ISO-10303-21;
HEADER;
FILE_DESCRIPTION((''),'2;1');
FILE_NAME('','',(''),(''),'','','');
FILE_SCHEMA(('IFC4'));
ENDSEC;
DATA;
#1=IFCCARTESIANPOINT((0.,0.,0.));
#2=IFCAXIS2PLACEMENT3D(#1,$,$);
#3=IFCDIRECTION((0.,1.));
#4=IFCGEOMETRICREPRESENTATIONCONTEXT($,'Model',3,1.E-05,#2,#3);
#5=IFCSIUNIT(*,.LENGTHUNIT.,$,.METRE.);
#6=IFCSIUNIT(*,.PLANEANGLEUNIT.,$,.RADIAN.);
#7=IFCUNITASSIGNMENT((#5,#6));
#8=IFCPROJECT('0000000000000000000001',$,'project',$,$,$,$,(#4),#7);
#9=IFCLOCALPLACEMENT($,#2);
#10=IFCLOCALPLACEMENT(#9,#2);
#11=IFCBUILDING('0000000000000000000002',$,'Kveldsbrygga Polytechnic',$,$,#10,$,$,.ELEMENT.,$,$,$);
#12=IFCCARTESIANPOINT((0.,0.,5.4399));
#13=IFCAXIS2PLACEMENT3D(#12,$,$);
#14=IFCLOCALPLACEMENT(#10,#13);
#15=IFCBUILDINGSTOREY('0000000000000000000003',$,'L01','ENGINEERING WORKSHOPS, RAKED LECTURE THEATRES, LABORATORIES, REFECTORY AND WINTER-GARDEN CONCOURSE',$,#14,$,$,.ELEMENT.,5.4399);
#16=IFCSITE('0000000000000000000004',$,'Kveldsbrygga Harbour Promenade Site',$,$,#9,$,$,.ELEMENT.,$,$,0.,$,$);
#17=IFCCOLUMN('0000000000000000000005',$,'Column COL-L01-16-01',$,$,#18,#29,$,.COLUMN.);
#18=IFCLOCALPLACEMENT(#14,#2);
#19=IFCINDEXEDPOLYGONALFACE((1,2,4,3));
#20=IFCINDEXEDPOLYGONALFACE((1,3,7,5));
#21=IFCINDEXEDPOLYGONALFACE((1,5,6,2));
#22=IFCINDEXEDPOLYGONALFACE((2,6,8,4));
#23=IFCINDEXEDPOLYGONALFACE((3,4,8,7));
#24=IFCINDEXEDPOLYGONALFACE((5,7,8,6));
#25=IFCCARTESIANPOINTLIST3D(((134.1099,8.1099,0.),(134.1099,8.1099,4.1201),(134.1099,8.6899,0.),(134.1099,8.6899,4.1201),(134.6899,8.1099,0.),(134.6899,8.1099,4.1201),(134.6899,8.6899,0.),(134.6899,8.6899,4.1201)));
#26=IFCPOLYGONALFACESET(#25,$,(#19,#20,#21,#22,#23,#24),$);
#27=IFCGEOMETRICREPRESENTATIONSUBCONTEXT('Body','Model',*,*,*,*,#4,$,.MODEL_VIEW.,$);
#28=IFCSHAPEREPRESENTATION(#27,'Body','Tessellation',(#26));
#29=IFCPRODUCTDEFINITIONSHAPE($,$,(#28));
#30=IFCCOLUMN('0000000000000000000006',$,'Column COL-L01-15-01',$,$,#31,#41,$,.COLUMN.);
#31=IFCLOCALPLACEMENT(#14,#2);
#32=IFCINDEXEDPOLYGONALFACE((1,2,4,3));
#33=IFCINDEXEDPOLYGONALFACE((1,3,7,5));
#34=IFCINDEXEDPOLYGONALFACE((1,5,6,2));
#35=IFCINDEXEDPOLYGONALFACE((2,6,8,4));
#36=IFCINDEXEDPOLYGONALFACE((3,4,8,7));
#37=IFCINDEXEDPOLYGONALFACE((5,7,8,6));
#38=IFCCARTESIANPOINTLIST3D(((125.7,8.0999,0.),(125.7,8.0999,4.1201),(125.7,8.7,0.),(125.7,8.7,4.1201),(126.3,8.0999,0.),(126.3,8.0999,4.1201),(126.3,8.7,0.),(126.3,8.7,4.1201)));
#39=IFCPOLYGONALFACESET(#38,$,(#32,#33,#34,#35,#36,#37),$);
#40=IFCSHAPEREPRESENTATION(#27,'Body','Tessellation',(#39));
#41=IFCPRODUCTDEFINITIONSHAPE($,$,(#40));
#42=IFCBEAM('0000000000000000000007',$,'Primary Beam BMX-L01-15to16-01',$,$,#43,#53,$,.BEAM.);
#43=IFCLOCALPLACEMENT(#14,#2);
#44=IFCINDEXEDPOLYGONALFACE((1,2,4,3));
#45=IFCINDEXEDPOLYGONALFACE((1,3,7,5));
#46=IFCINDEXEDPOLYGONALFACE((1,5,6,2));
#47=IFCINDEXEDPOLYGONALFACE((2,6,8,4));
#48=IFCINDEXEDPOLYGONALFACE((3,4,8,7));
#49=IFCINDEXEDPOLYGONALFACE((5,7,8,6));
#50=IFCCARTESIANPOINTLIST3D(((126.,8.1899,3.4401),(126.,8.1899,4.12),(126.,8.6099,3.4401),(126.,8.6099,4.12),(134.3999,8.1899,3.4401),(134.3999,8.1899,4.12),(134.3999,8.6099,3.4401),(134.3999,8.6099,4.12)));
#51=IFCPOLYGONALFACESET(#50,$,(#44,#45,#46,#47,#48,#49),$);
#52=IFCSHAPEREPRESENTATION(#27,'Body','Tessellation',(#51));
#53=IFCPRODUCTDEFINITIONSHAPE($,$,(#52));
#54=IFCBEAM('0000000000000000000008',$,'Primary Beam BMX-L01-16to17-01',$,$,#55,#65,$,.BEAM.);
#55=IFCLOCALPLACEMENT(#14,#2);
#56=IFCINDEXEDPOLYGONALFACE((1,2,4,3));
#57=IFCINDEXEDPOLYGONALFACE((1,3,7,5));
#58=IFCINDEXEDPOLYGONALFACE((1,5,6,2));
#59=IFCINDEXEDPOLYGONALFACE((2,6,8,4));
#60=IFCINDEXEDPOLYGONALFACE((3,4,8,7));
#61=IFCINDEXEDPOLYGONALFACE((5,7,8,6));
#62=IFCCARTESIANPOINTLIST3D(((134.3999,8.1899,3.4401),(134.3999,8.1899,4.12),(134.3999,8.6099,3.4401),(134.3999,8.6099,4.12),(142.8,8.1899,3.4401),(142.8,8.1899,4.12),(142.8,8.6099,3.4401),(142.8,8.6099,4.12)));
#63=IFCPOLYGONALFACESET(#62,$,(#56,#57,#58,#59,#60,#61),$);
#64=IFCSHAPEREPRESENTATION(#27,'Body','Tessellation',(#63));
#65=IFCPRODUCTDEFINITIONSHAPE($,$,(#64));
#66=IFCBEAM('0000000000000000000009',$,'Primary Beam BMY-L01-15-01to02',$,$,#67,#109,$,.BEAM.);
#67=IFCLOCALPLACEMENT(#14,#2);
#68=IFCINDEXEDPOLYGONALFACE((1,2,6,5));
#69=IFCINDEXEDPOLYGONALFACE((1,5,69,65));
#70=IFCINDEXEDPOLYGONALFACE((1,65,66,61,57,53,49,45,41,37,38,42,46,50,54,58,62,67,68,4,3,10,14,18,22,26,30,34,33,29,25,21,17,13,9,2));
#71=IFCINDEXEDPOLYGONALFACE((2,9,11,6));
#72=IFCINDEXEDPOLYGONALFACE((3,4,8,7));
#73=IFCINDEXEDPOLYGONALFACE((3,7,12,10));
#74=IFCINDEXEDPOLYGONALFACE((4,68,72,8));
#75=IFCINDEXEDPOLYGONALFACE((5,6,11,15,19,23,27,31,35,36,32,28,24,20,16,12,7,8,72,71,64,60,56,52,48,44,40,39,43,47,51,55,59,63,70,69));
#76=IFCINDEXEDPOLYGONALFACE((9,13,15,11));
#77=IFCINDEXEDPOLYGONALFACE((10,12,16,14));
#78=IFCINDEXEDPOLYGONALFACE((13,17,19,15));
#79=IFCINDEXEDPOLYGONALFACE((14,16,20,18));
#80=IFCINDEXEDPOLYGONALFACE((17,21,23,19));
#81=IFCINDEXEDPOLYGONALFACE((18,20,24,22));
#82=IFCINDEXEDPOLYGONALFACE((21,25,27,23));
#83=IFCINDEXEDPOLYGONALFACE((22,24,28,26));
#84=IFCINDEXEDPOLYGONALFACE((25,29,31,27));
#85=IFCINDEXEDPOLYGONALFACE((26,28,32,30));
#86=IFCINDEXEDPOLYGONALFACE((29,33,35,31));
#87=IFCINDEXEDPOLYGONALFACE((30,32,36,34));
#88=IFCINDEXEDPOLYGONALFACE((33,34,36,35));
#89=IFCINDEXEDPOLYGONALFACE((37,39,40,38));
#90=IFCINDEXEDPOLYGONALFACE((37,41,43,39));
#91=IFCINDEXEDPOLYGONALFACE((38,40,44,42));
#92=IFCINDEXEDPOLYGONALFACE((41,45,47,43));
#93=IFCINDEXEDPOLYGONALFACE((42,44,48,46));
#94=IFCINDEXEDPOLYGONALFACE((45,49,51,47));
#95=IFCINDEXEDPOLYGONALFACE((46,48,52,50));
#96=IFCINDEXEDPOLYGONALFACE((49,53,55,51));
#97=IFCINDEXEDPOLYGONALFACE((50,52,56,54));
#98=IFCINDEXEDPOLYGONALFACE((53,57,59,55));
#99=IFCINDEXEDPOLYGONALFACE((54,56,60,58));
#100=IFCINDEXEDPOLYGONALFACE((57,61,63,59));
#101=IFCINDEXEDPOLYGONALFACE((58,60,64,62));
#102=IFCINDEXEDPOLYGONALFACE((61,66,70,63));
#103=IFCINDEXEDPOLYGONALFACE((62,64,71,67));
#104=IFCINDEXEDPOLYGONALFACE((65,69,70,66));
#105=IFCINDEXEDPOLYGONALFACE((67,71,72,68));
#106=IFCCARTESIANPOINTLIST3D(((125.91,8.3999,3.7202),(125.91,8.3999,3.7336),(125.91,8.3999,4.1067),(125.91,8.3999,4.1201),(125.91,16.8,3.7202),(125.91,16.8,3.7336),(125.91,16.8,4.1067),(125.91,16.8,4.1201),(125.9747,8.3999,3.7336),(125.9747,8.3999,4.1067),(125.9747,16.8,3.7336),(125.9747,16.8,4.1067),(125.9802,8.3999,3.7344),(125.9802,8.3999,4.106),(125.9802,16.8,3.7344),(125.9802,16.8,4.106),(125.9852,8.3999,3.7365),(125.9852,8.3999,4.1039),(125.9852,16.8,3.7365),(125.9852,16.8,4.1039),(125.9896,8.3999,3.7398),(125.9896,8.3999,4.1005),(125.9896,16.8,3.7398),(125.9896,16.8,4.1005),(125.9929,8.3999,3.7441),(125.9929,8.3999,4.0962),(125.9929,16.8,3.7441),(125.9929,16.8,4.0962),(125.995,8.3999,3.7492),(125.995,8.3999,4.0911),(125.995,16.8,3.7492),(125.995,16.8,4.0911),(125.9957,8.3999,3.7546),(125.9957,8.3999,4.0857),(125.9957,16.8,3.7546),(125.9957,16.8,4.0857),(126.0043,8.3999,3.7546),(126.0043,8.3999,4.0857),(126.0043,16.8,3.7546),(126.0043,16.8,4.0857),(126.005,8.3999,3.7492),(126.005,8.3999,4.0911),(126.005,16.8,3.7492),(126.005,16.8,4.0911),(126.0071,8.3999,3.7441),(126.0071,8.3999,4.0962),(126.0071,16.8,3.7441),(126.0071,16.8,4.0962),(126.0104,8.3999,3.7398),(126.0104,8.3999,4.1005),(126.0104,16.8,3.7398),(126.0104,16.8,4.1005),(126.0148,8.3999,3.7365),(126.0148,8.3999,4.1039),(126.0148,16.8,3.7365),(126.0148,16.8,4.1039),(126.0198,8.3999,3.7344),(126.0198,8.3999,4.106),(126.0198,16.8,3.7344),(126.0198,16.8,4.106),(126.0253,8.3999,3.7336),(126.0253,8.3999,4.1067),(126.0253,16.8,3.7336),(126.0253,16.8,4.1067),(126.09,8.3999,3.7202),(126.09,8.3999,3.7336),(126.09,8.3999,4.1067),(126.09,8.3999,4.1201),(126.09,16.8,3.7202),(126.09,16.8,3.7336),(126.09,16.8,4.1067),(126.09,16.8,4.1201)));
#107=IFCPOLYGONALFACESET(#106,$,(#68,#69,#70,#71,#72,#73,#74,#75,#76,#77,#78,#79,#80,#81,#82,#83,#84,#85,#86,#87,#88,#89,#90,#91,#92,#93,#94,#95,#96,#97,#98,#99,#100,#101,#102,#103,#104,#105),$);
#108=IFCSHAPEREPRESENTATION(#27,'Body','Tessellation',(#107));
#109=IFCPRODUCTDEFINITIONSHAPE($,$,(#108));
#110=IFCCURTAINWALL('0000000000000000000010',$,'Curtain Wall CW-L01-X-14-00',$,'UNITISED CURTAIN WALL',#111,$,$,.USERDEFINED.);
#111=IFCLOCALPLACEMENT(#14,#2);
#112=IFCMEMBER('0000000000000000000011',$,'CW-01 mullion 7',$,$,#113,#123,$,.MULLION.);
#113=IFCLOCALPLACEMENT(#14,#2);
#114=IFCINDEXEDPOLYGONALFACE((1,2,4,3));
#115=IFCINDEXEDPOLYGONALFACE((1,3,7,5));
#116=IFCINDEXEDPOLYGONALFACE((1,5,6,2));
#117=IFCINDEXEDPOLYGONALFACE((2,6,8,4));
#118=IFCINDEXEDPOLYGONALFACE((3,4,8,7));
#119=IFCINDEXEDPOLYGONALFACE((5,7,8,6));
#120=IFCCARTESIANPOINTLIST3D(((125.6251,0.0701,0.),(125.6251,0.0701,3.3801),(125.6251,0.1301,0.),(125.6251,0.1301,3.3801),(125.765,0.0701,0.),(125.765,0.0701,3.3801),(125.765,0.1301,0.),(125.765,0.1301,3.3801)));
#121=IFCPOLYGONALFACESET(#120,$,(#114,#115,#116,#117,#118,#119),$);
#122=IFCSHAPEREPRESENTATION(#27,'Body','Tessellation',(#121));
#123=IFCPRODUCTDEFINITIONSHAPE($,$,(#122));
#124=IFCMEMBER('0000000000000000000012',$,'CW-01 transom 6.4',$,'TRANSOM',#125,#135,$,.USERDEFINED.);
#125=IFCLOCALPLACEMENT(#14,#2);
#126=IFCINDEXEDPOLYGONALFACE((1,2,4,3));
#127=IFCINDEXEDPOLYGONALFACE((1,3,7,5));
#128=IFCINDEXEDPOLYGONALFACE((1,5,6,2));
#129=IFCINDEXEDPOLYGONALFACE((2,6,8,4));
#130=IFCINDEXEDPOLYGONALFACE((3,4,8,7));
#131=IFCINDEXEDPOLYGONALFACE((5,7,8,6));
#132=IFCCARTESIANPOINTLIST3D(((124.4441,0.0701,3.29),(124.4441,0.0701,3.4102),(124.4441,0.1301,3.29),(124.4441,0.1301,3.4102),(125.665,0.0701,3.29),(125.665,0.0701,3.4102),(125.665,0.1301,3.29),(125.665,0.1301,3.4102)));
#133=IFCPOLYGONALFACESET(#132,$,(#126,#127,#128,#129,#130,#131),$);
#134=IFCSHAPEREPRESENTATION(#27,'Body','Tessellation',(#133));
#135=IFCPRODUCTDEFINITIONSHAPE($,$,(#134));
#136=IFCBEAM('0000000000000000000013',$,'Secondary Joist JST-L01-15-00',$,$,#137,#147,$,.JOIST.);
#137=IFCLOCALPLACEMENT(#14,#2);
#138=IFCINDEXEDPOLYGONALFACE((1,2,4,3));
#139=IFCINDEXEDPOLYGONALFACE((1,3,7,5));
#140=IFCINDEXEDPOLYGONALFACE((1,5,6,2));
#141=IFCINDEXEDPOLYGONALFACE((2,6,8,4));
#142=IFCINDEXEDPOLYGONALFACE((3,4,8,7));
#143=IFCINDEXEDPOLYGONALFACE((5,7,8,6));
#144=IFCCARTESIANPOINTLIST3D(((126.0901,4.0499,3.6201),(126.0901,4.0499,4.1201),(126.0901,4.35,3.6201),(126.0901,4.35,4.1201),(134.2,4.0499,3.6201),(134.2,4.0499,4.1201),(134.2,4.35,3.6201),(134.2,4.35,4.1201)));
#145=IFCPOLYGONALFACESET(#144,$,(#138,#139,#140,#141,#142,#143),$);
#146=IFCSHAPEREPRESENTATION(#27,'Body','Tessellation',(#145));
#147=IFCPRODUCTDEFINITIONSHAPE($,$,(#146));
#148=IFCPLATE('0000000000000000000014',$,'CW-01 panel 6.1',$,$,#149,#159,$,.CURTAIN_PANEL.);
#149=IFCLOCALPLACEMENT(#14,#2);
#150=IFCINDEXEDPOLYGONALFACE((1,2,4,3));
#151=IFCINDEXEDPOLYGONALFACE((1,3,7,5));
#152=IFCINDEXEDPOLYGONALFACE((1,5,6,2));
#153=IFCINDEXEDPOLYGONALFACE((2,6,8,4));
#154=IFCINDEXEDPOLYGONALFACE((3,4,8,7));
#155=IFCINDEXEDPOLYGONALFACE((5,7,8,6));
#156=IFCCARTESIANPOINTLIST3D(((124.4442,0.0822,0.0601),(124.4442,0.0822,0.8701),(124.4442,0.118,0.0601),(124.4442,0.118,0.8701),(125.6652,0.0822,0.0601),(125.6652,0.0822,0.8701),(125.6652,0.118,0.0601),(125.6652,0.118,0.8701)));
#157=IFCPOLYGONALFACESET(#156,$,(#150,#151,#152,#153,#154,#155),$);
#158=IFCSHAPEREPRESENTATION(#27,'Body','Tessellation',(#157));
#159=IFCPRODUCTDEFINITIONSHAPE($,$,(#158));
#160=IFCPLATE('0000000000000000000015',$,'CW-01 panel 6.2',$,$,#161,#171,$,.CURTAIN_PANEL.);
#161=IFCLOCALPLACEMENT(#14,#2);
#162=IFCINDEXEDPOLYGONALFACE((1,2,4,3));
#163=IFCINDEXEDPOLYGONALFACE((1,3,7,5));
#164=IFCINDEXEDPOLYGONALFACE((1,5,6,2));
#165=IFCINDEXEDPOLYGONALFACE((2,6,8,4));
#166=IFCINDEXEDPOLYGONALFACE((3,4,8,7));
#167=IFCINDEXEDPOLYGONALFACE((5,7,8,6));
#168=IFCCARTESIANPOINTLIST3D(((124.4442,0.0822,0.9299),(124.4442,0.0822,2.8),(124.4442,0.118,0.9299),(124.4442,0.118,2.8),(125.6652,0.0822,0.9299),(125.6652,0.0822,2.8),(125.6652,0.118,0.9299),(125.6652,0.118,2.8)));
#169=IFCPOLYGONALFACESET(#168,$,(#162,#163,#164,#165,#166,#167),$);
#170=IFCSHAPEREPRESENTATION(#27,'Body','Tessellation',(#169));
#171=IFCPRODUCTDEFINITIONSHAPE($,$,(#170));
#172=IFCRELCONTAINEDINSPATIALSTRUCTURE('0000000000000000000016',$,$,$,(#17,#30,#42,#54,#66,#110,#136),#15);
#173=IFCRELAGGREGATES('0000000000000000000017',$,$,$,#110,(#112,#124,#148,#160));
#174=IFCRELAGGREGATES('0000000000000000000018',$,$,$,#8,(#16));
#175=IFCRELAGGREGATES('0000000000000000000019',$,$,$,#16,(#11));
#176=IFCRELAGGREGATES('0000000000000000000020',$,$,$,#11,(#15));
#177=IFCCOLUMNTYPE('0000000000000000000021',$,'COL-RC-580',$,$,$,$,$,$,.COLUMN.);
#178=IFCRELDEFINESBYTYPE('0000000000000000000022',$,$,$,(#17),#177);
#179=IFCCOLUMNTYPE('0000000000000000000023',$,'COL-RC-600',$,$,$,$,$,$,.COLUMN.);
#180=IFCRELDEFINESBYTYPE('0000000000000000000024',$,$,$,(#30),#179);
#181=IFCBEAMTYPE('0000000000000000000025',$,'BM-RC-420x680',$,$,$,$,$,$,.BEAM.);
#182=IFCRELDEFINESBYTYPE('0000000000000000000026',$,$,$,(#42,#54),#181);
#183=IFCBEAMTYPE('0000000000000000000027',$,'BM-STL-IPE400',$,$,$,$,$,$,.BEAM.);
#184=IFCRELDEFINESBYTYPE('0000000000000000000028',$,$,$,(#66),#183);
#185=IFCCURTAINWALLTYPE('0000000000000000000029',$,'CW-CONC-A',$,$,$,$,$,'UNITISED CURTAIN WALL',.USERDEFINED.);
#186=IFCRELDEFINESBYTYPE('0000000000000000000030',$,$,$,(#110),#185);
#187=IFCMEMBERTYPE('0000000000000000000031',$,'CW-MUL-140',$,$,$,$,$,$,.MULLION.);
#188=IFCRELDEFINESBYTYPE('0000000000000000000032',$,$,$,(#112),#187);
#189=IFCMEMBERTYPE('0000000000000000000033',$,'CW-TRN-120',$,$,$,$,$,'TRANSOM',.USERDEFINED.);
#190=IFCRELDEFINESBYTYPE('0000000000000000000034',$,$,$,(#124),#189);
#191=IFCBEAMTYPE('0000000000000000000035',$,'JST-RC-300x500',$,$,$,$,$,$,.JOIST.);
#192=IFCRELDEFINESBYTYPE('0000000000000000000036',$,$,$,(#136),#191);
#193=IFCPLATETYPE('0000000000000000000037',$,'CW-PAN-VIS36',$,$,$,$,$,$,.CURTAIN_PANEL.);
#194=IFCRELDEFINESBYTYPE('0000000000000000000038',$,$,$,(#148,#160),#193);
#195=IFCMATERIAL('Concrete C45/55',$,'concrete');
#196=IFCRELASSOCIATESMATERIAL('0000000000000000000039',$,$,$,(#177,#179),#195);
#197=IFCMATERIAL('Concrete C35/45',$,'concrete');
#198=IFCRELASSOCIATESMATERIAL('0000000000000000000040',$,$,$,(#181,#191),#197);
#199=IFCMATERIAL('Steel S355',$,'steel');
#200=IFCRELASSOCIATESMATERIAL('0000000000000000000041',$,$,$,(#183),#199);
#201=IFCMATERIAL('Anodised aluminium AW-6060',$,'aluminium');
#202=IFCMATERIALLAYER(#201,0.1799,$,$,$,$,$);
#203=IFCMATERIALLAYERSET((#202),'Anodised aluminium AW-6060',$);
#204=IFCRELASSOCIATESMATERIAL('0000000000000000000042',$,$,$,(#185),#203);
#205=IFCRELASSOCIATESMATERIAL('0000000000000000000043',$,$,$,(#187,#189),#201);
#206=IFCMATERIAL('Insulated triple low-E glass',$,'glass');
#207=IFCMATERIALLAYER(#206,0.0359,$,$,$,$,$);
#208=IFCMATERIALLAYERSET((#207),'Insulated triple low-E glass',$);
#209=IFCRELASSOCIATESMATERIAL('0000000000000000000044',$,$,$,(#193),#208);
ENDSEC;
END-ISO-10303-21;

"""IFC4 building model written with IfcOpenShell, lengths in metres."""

from ifc_helpers import new_model, si_unit, direction, frame, origin, origin_2d, place, context, subcontext, project, spatial, rectangle, i_section, extrude, material, layer, layer_set, material_profile, profile_set, type_object, element, aggregate, save


model = new_model("IFC4")

# Units and contexts
model_context = context("Model", 3, precision=1e-05, world=origin(), true_north=direction((0.0, 1.0)))
body_context = subcontext(model_context, "Body", "Model", "MODEL_VIEW")
ifc_project = project(units=[si_unit("LENGTHUNIT", "METRE"), si_unit("PLANEANGLEUNIT", "RADIAN")], contexts=[model_context])

# Site, building, storey
site_placement = place(None, origin())
site = spatial("IfcSite", under=ifc_project, at=site_placement, Name="Kveldsbrygga Harbour Promenade Site", CompositionType="ELEMENT", RefElevation=0.0)
building_placement = place(site_placement, origin())
building = spatial("IfcBuilding", under=site, at=building_placement, Name="Kveldsbrygga Polytechnic", CompositionType="ELEMENT")
storey_placement = place(building_placement, frame((0.0, 0.0, 5.4399)))
storey = spatial("IfcBuildingStorey", under=building, at=storey_placement, Name="L01", Description="ENGINEERING WORKSHOPS, RAKED LECTURE THEATRES, LABORATORIES, REFECTORY AND WINTER-GARDEN CONCOURSE", CompositionType="ELEMENT", Elevation=5.4399)

# Columns
ifc_material_1 = material(Name="Concrete C45/55", Category="concrete")
ifc_material_profile_1 = material_profile(ifc_material_1, rectangle(XDim=0.5801, YDim=0.5801, at=origin_2d()), Name="RC 580x580")
ifc_profile_set_1 = profile_set([ifc_material_profile_1], Name="Concrete C45/55")
column_type_1 = type_object("IfcColumnType", Name="COL-RC-580", PredefinedType="COLUMN", material=ifc_profile_set_1)
column_1_placement = place(storey_placement, frame((134.3999, 8.3999, 0.0), z_axis=(0.0, 0.0, 1.0), x_axis=(1.0, 0.0, 0.0)))
element("IfcColumn", 1, at=column_1_placement, inside=storey, type_object=column_type_1, Name="Column COL-L01-16-01", PredefinedType="COLUMN", context=body_context, shape_type="SweptSolid", body=[
    extrude(rectangle(XDim=0.5801, YDim=0.5801, at=origin_2d()), origin(), (0.0, 0.0, 1.0), 4.1201),
])
ifc_material_profile_2 = material_profile(ifc_material_1, rectangle(XDim=0.6001, YDim=0.6001, at=origin_2d()), Name="RC 600x600")
ifc_profile_set_2 = profile_set([ifc_material_profile_2], Name="Concrete C45/55")
column_type_2 = type_object("IfcColumnType", Name="COL-RC-600", PredefinedType="COLUMN", material=ifc_profile_set_2)
column_2_placement = place(storey_placement, frame((126.0, 8.3999, 0.0), z_axis=(0.0, 0.0, 1.0), x_axis=(1.0, 0.0, 0.0)))
element("IfcColumn", 2, at=column_2_placement, inside=storey, type_object=column_type_2, Name="Column COL-L01-15-01", PredefinedType="COLUMN", context=body_context, shape_type="SweptSolid", body=[
    extrude(rectangle(XDim=0.6001, YDim=0.6001, at=origin_2d()), origin(), (0.0, 0.0, 1.0), 4.1201),
])

# Beams
ifc_material_2 = material(Name="Concrete C35/45", Category="concrete")
ifc_material_profile_3 = material_profile(ifc_material_2, rectangle(XDim=0.4199, YDim=0.6799, at=origin_2d()), Name="RC 420x680")
ifc_profile_set_3 = profile_set([ifc_material_profile_3], Name="Concrete C35/45")
beam_type_1 = type_object("IfcBeamType", Name="BM-RC-420x680", PredefinedType="BEAM", material=ifc_profile_set_3)
beam_1_placement = place(storey_placement, frame((126.0, 8.3999, 3.78), z_axis=(1.0, 0.0, 0.0), x_axis=(0.0, 1.0, 0.0)))
element("IfcBeam", 3, at=beam_1_placement, inside=storey, type_object=beam_type_1, Name="Primary Beam BMX-L01-15to16-01", PredefinedType="BEAM", context=body_context, shape_type="SweptSolid", body=[
    extrude(rectangle(XDim=0.4199, YDim=0.6799, at=origin_2d()), origin(), (0.0, 0.0, 1.0), 8.3999),
])
beam_2_placement = place(storey_placement, frame((134.3999, 8.3999, 3.78), z_axis=(1.0, 0.0, 0.0), x_axis=(0.0, 1.0, 0.0)))
element("IfcBeam", 4, at=beam_2_placement, inside=storey, type_object=beam_type_1, Name="Primary Beam BMX-L01-16to17-01", PredefinedType="BEAM", context=body_context, shape_type="SweptSolid", body=[
    extrude(rectangle(XDim=0.4199, YDim=0.6799, at=origin_2d()), origin(), (0.0, 0.0, 1.0), 8.4001),
])
ifc_material_3 = material(Name="Steel S355", Category="steel")
ifc_material_profile_4 = material_profile(ifc_material_3, i_section(OverallWidth=0.1799, OverallDepth=0.3999, WebThickness=0.0085, FlangeThickness=0.0134, FilletRadius=0.021, at=origin_2d()), Name="IPE 400")
ifc_profile_set_4 = profile_set([ifc_material_profile_4], Name="Steel S355")
beam_type_2 = type_object("IfcBeamType", Name="BM-STL-IPE400", PredefinedType="BEAM", material=ifc_profile_set_4)
beam_3_placement = place(storey_placement, frame((126.0, 8.3999, 3.9202), z_axis=(0.0, 1.0, 0.0), x_axis=(-1.0, 0.0, 0.0)))
element("IfcBeam", 5, at=beam_3_placement, inside=storey, type_object=beam_type_2, Name="Primary Beam BMY-L01-15-01to02", PredefinedType="BEAM", context=body_context, shape_type="SweptSolid", body=[
    extrude(i_section(OverallWidth=0.1799, OverallDepth=0.3999, WebThickness=0.0085, FlangeThickness=0.0134, FilletRadius=0.021, at=origin_2d()), origin(), (0.0, 0.0, 1.0), 8.4001),
])

# Curtain wall, members
ifc_material_4 = material(Name="Anodised aluminium AW-6060", Category="aluminium")
ifc_layer_1 = layer(ifc_material_4, 0.1799)
ifc_layer_set_1 = layer_set([ifc_layer_1], Name="Anodised aluminium AW-6060")
curtain_wall_type = type_object("IfcCurtainWallType", Name="CW-CONC-A", ElementType="UNITISED CURTAIN WALL", PredefinedType="USERDEFINED", material=ifc_layer_set_1)
curtain_wall_placement = place(storey_placement, origin())
curtain_wall = element("IfcCurtainWall", 6, at=curtain_wall_placement, inside=storey, type_object=curtain_wall_type, Name="Curtain Wall CW-L01-X-14-00", ObjectType="UNITISED CURTAIN WALL", PredefinedType="USERDEFINED")
ifc_material_profile_5 = material_profile(ifc_material_4, rectangle(XDim=0.0601, YDim=0.1399, at=origin_2d()), Name="ALU 60x140")
ifc_profile_set_5 = profile_set([ifc_material_profile_5], Name="Anodised aluminium AW-6060")
member_type_1 = type_object("IfcMemberType", Name="CW-MUL-140", PredefinedType="MULLION", material=ifc_profile_set_5)
member_1_placement = place(storey_placement, frame((125.6951, 0.1001, 0.0), z_axis=(0.0, 0.0, 1.0), x_axis=(0.0, 1.0, 0.0)))
member_1 = element("IfcMember", 7, at=member_1_placement, type_object=member_type_1, Name="CW-01 mullion 7", PredefinedType="MULLION", context=body_context, shape_type="SweptSolid", body=[
    extrude(rectangle(XDim=0.0601, YDim=0.1399, at=origin_2d()), origin(), (0.0, 0.0, 1.0), 3.3801),
])
ifc_material_profile_6 = material_profile(ifc_material_4, rectangle(XDim=0.0601, YDim=0.1201, at=origin_2d()), Name="ALU 60x120")
ifc_profile_set_6 = profile_set([ifc_material_profile_6], Name="Anodised aluminium AW-6060")
member_type_2 = type_object("IfcMemberType", Name="CW-TRN-120", ElementType="TRANSOM", PredefinedType="USERDEFINED", material=ifc_profile_set_6)
member_2_placement = place(storey_placement, frame((124.4441, 0.1001, 3.3501), z_axis=(1.0, 0.0, 0.0), x_axis=(0.0, 1.0, 0.0)))
member_2 = element("IfcMember", 8, at=member_2_placement, type_object=member_type_2, Name="CW-01 transom 6.4", ObjectType="TRANSOM", PredefinedType="USERDEFINED", context=body_context, shape_type="SweptSolid", body=[
    extrude(rectangle(XDim=0.0601, YDim=0.1201, at=origin_2d()), origin(), (0.0, 0.0, 1.0), 1.2209),
])

# Beam
ifc_material_profile_7 = material_profile(ifc_material_2, rectangle(XDim=0.3, YDim=0.5, at=origin_2d()), Name="RC 300x500")
ifc_profile_set_7 = profile_set([ifc_material_profile_7], Name="Concrete C35/45")
beam_type_3 = type_object("IfcBeamType", Name="JST-RC-300x500", PredefinedType="JOIST", material=ifc_profile_set_7)
beam_4_placement = place(storey_placement, frame((126.0901, 4.2, 3.8701), z_axis=(1.0, 0.0, 0.0), x_axis=(0.0, 1.0, 0.0)))
element("IfcBeam", 9, at=beam_4_placement, inside=storey, type_object=beam_type_3, Name="Secondary Joist JST-L01-15-00", PredefinedType="JOIST", context=body_context, shape_type="SweptSolid", body=[
    extrude(rectangle(XDim=0.3, YDim=0.5, at=origin_2d()), origin(), (0.0, 0.0, 1.0), 8.1099),
])

# Plates
ifc_material_5 = material(Name="Insulated triple low-E glass", Category="glass")
ifc_layer_2 = layer(ifc_material_5, 0.0359)
ifc_layer_set_2 = layer_set([ifc_layer_2], Name="Insulated triple low-E glass")
plate_type = type_object("IfcPlateType", Name="CW-PAN-VIS36", PredefinedType="CURTAIN_PANEL", material=ifc_layer_set_2)
plate_1_placement = place(storey_placement, frame((125.0547, 0.1001, 0.0601), z_axis=(0.0, 0.0, 1.0), x_axis=(1.0, 0.0, 0.0)))
plate_1 = element("IfcPlate", 10, at=plate_1_placement, type_object=plate_type, Name="CW-01 panel 6.1", PredefinedType="CURTAIN_PANEL", context=body_context, shape_type="SweptSolid", body=[
    extrude(rectangle(XDim=1.2209, YDim=0.0359, at=origin_2d()), origin(), (0.0, 0.0, 1.0), 0.8101),
])
plate_2_placement = place(storey_placement, frame((125.0547, 0.1001, 0.9299), z_axis=(0.0, 0.0, 1.0), x_axis=(1.0, 0.0, 0.0)))
plate_2 = element("IfcPlate", 11, at=plate_2_placement, type_object=plate_type, Name="CW-01 panel 6.2", PredefinedType="CURTAIN_PANEL", context=body_context, shape_type="SweptSolid", body=[
    extrude(rectangle(XDim=1.2209, YDim=0.0359, at=origin_2d()), origin(), (0.0, 0.0, 1.0), 1.8701),
])
aggregate(curtain_wall, [member_1, member_2, plate_1, plate_2])

save(model, "model.ifc")
